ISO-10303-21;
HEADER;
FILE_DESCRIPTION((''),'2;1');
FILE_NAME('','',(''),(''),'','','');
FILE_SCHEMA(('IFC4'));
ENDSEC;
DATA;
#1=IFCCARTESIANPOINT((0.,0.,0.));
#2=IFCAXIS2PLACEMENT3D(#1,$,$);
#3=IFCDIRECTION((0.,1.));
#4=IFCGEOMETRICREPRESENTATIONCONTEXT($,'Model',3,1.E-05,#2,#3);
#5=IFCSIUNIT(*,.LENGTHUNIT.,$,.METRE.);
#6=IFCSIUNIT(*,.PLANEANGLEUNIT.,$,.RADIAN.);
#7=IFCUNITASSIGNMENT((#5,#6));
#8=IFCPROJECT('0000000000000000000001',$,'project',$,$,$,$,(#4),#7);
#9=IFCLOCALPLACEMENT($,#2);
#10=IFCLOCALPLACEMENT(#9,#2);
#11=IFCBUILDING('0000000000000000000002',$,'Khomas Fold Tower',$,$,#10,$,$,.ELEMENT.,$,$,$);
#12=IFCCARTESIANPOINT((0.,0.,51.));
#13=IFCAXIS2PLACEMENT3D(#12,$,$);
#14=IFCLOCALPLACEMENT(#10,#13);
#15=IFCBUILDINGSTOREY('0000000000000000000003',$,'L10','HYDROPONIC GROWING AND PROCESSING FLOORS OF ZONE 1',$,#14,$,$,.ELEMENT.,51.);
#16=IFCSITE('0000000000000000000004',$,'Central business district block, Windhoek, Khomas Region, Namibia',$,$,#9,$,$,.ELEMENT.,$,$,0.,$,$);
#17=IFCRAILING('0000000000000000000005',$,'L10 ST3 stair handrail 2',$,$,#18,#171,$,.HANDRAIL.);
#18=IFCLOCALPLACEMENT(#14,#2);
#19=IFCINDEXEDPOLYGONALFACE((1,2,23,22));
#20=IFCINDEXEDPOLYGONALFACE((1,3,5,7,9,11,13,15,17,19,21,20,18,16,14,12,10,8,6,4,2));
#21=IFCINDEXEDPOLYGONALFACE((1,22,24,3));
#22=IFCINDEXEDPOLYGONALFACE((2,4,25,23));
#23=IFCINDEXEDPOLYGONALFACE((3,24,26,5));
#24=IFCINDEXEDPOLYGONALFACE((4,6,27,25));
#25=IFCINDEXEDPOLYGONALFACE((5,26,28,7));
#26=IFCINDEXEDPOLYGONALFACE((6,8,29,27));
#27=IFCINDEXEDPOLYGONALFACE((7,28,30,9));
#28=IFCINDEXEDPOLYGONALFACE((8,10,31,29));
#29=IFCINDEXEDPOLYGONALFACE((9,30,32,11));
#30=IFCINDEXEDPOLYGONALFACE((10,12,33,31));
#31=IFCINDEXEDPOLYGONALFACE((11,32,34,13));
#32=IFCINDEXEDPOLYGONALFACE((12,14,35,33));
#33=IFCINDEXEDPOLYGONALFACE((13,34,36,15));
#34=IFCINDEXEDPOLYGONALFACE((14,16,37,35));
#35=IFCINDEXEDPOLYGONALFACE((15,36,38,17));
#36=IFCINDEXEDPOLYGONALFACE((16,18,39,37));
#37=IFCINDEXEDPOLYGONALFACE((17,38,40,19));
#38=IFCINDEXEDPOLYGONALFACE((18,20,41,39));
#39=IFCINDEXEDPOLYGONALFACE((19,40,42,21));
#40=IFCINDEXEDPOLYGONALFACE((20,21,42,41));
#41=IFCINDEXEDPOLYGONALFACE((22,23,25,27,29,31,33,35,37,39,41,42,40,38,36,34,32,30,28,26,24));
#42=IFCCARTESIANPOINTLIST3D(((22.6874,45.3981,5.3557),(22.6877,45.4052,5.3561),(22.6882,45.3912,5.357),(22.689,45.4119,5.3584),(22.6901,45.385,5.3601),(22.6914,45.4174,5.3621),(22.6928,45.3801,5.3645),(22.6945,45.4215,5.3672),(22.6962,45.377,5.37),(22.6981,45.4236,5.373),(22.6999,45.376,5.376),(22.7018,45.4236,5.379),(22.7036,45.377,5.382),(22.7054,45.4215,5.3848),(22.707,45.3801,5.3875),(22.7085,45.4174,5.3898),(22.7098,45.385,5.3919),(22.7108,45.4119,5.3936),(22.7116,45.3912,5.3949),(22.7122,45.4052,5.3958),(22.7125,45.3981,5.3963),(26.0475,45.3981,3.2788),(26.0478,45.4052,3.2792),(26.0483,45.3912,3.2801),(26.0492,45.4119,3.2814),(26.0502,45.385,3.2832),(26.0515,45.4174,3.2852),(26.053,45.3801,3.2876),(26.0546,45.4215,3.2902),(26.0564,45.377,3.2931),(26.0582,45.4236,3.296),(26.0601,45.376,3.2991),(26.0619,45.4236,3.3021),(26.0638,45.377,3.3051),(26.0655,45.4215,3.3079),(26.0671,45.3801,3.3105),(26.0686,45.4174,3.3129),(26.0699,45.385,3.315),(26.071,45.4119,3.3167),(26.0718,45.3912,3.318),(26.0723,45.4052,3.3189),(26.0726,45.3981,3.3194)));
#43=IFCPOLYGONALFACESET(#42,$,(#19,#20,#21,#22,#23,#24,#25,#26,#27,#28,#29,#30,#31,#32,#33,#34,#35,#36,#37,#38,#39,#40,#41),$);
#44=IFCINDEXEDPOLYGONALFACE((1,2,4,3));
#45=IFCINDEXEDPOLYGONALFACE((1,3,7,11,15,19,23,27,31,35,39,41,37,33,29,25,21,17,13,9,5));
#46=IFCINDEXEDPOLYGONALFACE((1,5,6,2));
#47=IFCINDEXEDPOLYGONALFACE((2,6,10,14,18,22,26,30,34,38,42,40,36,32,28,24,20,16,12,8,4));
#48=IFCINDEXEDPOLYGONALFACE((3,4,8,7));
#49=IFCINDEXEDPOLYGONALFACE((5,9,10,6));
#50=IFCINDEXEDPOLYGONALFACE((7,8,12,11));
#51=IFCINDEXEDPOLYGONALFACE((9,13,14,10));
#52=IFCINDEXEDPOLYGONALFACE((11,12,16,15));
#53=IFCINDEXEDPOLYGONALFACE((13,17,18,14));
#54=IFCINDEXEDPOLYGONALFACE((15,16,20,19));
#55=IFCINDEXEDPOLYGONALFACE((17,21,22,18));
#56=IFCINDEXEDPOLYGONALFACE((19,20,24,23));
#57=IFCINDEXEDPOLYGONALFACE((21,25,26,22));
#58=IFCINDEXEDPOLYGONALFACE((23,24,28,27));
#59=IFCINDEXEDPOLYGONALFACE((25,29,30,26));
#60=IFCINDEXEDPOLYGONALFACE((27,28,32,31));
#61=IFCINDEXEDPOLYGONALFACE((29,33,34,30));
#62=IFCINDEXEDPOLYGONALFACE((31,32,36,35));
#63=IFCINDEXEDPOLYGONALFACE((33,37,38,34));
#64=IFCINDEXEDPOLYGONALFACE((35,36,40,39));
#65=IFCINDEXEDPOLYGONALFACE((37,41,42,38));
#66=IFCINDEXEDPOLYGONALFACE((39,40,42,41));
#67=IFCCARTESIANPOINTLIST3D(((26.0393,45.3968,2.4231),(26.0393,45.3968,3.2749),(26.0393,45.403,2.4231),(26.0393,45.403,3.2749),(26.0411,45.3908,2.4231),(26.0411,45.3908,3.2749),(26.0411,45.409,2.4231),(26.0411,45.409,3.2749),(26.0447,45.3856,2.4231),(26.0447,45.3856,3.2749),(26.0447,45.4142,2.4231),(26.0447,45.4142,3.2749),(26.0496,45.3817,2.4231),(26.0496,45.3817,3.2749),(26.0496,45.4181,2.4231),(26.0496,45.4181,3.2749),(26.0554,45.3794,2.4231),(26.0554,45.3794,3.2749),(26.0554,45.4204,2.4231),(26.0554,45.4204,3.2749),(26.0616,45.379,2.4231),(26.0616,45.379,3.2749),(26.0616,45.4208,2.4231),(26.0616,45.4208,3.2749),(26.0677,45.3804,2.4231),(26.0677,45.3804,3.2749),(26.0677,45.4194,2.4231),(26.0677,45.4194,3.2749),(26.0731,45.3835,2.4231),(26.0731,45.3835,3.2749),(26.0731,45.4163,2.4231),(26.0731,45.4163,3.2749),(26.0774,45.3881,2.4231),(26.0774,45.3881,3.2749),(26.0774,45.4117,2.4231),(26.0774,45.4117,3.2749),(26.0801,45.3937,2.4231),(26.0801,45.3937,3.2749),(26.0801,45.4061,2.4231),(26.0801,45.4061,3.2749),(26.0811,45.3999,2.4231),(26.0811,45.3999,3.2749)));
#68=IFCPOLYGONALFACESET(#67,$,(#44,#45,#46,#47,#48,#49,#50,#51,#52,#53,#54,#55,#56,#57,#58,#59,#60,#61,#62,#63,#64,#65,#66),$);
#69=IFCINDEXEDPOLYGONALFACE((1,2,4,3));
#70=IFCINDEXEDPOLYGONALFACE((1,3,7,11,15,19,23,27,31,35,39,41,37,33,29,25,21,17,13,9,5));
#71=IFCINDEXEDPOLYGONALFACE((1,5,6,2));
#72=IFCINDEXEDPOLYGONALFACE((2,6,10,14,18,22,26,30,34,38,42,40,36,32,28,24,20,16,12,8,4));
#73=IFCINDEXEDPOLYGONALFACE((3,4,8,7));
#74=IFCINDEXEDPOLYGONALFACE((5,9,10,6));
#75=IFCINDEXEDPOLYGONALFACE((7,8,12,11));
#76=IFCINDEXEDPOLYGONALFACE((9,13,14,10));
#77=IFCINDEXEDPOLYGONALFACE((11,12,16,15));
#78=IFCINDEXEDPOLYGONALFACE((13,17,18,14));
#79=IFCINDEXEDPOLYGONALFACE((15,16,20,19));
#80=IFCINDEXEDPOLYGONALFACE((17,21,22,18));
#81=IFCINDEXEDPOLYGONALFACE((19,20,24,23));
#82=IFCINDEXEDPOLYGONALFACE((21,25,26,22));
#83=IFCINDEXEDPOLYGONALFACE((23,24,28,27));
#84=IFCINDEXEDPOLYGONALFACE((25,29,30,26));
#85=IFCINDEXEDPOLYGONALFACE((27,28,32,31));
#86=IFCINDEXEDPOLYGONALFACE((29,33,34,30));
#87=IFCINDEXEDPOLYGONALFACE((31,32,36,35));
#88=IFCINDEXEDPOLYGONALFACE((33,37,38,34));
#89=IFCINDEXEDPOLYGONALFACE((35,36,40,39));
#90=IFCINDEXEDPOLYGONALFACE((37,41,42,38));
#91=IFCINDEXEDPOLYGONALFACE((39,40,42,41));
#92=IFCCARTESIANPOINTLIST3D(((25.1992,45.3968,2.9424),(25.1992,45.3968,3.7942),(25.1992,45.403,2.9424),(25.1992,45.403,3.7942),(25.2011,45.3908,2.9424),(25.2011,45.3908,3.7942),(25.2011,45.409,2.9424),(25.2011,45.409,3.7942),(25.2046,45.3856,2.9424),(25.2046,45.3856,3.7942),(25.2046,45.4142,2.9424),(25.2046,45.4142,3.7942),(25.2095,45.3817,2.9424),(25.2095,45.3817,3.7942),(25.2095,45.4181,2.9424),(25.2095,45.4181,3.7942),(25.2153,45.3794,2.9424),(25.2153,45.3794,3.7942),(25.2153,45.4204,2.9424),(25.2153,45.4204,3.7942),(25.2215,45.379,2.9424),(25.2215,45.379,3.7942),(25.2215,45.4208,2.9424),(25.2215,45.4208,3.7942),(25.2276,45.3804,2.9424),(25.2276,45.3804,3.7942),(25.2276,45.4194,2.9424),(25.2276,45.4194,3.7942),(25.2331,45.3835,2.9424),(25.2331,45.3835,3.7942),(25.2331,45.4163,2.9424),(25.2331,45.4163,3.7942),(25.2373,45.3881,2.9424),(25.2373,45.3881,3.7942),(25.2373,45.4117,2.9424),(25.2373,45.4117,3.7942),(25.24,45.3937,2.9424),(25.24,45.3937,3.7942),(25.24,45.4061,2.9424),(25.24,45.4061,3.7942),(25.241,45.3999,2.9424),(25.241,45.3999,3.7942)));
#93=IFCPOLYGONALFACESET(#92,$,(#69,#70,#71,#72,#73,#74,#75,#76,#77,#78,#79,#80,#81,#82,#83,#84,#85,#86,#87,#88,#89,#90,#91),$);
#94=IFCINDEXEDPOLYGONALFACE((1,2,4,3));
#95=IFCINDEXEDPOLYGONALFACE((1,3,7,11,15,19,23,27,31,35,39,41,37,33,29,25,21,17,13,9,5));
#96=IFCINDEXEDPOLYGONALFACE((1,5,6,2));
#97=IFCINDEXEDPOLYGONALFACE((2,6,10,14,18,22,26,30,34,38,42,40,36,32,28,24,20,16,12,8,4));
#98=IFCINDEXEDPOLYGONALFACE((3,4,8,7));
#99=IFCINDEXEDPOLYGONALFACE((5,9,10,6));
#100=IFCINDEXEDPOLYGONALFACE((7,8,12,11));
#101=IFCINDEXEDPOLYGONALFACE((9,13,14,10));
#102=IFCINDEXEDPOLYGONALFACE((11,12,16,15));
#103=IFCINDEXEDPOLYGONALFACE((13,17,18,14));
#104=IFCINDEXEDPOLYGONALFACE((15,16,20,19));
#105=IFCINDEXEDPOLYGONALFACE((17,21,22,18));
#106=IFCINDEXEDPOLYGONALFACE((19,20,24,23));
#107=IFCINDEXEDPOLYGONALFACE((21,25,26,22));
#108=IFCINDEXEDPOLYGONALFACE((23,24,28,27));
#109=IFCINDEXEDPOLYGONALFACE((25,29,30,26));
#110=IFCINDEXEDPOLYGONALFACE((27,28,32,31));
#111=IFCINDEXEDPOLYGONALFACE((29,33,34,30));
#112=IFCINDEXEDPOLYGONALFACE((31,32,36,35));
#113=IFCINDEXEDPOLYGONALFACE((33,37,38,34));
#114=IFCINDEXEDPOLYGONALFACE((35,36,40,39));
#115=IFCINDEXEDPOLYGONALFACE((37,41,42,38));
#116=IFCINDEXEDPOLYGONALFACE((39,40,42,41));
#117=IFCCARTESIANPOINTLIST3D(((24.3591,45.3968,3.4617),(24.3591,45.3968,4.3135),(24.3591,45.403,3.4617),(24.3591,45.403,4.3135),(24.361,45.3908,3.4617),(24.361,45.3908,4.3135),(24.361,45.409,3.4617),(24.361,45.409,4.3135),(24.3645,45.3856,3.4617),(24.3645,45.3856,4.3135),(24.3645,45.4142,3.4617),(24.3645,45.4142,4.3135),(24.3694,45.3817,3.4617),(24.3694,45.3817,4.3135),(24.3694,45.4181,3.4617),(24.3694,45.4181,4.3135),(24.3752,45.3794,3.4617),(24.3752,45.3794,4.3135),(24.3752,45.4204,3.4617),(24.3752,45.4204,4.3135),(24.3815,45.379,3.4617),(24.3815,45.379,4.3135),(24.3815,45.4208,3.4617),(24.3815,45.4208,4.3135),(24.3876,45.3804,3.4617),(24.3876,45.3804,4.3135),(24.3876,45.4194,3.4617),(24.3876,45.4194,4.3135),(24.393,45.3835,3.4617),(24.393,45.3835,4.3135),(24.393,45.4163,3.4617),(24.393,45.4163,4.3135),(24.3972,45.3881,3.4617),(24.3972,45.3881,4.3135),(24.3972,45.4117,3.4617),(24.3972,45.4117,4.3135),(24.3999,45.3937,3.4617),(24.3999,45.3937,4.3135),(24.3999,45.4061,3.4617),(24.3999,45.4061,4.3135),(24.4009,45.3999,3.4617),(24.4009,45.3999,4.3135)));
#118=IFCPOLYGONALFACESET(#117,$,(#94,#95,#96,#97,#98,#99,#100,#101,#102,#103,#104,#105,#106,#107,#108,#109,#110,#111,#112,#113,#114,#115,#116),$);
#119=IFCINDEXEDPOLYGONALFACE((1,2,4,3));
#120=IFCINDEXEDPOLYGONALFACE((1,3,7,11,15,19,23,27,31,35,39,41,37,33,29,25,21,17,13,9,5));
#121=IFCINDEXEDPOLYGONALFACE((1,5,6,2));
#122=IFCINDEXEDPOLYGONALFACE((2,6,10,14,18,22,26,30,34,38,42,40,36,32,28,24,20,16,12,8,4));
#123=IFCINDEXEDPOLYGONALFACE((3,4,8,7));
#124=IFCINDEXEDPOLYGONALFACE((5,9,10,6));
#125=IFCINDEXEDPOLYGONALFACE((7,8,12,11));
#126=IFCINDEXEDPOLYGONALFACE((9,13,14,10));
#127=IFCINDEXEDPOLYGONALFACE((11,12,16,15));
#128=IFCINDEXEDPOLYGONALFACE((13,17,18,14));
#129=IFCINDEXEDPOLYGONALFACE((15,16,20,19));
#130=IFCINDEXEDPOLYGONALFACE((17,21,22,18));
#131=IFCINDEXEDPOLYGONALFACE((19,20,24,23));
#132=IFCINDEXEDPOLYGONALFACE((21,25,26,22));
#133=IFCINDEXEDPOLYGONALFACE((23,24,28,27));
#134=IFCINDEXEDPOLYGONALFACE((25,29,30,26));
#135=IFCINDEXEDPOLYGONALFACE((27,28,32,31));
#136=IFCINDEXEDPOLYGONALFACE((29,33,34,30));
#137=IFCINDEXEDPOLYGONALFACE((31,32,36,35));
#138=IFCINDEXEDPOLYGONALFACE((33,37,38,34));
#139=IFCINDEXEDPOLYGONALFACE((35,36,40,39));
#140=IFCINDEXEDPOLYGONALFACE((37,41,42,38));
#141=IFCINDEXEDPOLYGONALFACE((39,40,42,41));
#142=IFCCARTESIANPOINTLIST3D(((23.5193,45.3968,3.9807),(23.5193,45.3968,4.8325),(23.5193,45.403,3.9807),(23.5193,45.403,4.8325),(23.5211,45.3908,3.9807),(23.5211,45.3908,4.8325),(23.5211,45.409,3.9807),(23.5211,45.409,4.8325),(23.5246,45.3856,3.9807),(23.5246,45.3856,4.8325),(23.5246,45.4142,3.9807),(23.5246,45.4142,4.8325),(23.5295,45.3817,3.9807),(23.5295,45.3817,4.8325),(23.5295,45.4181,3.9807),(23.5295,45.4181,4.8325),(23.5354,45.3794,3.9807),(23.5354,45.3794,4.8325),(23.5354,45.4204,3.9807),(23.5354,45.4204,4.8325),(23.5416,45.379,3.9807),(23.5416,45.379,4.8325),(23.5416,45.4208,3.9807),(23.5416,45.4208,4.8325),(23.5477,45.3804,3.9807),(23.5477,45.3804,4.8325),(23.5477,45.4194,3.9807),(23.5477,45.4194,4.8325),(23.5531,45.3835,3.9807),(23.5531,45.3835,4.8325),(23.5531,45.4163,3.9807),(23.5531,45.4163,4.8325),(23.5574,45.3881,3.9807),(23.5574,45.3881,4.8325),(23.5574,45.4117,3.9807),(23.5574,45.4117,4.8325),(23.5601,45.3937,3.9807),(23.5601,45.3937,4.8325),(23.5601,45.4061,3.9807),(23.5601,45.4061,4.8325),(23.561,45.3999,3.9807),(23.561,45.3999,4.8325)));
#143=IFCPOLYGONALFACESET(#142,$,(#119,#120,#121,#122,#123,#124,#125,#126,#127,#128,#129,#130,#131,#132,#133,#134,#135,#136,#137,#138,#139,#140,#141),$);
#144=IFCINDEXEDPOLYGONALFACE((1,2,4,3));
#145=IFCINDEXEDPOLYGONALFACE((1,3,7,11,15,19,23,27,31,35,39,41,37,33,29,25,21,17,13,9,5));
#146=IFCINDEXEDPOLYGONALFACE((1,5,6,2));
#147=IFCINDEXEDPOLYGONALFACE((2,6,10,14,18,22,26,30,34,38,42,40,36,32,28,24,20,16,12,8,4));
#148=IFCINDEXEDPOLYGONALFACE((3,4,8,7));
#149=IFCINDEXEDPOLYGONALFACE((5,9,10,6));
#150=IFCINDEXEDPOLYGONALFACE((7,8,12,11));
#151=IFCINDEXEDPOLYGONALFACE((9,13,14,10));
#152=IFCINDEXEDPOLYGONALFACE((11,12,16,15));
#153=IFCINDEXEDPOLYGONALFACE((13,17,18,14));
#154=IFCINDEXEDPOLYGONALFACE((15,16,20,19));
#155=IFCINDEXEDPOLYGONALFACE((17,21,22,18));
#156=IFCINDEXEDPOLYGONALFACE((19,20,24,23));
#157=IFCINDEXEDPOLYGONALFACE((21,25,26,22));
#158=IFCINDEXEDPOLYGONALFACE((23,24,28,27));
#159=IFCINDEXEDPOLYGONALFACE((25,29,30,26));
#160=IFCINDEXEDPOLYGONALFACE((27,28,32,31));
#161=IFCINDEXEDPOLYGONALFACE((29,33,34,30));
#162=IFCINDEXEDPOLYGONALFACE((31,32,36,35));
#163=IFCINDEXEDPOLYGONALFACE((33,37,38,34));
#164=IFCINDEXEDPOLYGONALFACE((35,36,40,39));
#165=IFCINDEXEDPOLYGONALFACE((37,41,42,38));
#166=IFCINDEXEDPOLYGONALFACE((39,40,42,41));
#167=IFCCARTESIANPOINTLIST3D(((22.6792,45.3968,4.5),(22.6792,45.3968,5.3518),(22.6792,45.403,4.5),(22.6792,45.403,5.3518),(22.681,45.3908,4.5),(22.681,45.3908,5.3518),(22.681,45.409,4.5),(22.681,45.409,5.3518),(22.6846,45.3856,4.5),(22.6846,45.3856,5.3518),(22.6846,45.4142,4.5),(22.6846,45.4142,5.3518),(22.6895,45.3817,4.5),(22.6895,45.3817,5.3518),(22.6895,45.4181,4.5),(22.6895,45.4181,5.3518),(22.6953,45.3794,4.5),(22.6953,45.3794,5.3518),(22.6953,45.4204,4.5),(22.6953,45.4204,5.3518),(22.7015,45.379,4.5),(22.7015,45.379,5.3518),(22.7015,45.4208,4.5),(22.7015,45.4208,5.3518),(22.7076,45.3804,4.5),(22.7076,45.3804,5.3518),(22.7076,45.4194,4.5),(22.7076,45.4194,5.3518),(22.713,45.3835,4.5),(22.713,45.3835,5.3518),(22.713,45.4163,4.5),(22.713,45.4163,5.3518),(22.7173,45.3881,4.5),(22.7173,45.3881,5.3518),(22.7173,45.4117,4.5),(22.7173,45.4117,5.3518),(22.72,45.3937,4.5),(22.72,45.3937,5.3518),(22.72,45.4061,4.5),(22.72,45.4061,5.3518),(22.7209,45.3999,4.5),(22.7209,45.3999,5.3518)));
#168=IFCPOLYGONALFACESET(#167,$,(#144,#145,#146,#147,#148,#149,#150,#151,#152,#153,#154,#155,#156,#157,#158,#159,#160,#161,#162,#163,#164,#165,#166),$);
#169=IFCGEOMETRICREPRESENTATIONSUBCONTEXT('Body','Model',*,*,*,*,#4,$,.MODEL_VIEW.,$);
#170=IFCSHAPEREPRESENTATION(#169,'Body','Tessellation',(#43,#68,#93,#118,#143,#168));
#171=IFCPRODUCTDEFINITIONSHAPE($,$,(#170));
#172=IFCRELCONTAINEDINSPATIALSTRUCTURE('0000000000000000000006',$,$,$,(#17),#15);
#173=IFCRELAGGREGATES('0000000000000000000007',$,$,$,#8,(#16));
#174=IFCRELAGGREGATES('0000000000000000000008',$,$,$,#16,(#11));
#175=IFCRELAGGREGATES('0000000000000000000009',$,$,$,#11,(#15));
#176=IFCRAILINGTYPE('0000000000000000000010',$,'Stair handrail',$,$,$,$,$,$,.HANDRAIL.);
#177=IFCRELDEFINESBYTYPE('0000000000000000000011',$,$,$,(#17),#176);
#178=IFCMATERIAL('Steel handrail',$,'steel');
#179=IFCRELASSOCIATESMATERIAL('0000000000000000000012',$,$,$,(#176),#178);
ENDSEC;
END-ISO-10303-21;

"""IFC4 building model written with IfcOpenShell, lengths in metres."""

from ifc_helpers import new_model, si_unit, direction, frame, origin, origin_2d, place, context, subcontext, project, spatial, circle, extrude, source, transform, mapped, material, type_object, element, save


model = new_model("IFC4")

# Units and contexts
model_context = context("Model", 3, precision=1e-05, world=origin(), true_north=direction((0.0, 1.0)))
body_context = subcontext(model_context, "Body", "Model", "MODEL_VIEW")
ifc_project = project(units=[si_unit("LENGTHUNIT", "METRE"), si_unit("PLANEANGLEUNIT", "RADIAN")], contexts=[model_context])

# Site, building, storey
site_placement = place(None, origin())
site = spatial("IfcSite", under=ifc_project, at=site_placement, Name="Central business district block, Windhoek, Khomas Region, Namibia", CompositionType="ELEMENT", RefElevation=0.0)
building_placement = place(site_placement, origin())
building = spatial("IfcBuilding", under=site, at=building_placement, Name="Khomas Fold Tower", CompositionType="ELEMENT")
storey_placement = place(building_placement, frame((0.0, 0.0, 51.0)))
storey = spatial("IfcBuildingStorey", under=building, at=storey_placement, Name="L10", Description="HYDROPONIC GROWING AND PROCESSING FLOORS OF ZONE 1", CompositionType="ELEMENT", Elevation=51.0)

# Railing
ifc_material_1 = material(Name="Steel handrail", Category="steel")
railing_type_1 = type_object("IfcRailingType", Name="Stair handrail", PredefinedType="HANDRAIL", material=ifc_material_1)
shared_shape_1 = source(origin(), body_context, "Body", "SweptSolid", [
    extrude(circle(Radius=0.0239, at=origin_2d()), frame((0.0, 0.0, 0.876), z_axis=(-0.850623, 0.0, 0.525776), x_axis=(0.0, -1.0, 0.0)), (0.0, 0.0, 1.0), 3.9502),
    extrude(circle(Radius=0.021, at=origin_2d()), origin(), (0.0, 0.0, 1.0), 0.8518),
    extrude(circle(Radius=0.021, at=origin_2d()), frame((-0.8401, 0.0, 0.5193)), (0.0, 0.0, 1.0), 0.8518),
    extrude(circle(Radius=0.021, at=origin_2d()), frame((-1.6802, 0.0, 1.0386)), (0.0, 0.0, 1.0), 0.8518),
    extrude(circle(Radius=0.021, at=origin_2d()), frame((-2.52, 0.0, 1.5576)), (0.0, 0.0, 1.0), 0.8518),
    extrude(circle(Radius=0.021, at=origin_2d()), frame((-3.3601, 0.0, 2.0769)), (0.0, 0.0, 1.0), 0.8518),
])
railing_1_placement = place(storey_placement, frame((26.0601, 45.3999, 2.4231)))
element("IfcRailing", 1, at=railing_1_placement, inside=storey, type_object=railing_type_1, Name="L10 ST3 stair handrail 2", PredefinedType="HANDRAIL", context=body_context, shape_type="MappedRepresentation", body=[
    mapped(shared_shape_1, transform((0.0, 0.0, 0.0))),
])

save(model, "model.ifc")
